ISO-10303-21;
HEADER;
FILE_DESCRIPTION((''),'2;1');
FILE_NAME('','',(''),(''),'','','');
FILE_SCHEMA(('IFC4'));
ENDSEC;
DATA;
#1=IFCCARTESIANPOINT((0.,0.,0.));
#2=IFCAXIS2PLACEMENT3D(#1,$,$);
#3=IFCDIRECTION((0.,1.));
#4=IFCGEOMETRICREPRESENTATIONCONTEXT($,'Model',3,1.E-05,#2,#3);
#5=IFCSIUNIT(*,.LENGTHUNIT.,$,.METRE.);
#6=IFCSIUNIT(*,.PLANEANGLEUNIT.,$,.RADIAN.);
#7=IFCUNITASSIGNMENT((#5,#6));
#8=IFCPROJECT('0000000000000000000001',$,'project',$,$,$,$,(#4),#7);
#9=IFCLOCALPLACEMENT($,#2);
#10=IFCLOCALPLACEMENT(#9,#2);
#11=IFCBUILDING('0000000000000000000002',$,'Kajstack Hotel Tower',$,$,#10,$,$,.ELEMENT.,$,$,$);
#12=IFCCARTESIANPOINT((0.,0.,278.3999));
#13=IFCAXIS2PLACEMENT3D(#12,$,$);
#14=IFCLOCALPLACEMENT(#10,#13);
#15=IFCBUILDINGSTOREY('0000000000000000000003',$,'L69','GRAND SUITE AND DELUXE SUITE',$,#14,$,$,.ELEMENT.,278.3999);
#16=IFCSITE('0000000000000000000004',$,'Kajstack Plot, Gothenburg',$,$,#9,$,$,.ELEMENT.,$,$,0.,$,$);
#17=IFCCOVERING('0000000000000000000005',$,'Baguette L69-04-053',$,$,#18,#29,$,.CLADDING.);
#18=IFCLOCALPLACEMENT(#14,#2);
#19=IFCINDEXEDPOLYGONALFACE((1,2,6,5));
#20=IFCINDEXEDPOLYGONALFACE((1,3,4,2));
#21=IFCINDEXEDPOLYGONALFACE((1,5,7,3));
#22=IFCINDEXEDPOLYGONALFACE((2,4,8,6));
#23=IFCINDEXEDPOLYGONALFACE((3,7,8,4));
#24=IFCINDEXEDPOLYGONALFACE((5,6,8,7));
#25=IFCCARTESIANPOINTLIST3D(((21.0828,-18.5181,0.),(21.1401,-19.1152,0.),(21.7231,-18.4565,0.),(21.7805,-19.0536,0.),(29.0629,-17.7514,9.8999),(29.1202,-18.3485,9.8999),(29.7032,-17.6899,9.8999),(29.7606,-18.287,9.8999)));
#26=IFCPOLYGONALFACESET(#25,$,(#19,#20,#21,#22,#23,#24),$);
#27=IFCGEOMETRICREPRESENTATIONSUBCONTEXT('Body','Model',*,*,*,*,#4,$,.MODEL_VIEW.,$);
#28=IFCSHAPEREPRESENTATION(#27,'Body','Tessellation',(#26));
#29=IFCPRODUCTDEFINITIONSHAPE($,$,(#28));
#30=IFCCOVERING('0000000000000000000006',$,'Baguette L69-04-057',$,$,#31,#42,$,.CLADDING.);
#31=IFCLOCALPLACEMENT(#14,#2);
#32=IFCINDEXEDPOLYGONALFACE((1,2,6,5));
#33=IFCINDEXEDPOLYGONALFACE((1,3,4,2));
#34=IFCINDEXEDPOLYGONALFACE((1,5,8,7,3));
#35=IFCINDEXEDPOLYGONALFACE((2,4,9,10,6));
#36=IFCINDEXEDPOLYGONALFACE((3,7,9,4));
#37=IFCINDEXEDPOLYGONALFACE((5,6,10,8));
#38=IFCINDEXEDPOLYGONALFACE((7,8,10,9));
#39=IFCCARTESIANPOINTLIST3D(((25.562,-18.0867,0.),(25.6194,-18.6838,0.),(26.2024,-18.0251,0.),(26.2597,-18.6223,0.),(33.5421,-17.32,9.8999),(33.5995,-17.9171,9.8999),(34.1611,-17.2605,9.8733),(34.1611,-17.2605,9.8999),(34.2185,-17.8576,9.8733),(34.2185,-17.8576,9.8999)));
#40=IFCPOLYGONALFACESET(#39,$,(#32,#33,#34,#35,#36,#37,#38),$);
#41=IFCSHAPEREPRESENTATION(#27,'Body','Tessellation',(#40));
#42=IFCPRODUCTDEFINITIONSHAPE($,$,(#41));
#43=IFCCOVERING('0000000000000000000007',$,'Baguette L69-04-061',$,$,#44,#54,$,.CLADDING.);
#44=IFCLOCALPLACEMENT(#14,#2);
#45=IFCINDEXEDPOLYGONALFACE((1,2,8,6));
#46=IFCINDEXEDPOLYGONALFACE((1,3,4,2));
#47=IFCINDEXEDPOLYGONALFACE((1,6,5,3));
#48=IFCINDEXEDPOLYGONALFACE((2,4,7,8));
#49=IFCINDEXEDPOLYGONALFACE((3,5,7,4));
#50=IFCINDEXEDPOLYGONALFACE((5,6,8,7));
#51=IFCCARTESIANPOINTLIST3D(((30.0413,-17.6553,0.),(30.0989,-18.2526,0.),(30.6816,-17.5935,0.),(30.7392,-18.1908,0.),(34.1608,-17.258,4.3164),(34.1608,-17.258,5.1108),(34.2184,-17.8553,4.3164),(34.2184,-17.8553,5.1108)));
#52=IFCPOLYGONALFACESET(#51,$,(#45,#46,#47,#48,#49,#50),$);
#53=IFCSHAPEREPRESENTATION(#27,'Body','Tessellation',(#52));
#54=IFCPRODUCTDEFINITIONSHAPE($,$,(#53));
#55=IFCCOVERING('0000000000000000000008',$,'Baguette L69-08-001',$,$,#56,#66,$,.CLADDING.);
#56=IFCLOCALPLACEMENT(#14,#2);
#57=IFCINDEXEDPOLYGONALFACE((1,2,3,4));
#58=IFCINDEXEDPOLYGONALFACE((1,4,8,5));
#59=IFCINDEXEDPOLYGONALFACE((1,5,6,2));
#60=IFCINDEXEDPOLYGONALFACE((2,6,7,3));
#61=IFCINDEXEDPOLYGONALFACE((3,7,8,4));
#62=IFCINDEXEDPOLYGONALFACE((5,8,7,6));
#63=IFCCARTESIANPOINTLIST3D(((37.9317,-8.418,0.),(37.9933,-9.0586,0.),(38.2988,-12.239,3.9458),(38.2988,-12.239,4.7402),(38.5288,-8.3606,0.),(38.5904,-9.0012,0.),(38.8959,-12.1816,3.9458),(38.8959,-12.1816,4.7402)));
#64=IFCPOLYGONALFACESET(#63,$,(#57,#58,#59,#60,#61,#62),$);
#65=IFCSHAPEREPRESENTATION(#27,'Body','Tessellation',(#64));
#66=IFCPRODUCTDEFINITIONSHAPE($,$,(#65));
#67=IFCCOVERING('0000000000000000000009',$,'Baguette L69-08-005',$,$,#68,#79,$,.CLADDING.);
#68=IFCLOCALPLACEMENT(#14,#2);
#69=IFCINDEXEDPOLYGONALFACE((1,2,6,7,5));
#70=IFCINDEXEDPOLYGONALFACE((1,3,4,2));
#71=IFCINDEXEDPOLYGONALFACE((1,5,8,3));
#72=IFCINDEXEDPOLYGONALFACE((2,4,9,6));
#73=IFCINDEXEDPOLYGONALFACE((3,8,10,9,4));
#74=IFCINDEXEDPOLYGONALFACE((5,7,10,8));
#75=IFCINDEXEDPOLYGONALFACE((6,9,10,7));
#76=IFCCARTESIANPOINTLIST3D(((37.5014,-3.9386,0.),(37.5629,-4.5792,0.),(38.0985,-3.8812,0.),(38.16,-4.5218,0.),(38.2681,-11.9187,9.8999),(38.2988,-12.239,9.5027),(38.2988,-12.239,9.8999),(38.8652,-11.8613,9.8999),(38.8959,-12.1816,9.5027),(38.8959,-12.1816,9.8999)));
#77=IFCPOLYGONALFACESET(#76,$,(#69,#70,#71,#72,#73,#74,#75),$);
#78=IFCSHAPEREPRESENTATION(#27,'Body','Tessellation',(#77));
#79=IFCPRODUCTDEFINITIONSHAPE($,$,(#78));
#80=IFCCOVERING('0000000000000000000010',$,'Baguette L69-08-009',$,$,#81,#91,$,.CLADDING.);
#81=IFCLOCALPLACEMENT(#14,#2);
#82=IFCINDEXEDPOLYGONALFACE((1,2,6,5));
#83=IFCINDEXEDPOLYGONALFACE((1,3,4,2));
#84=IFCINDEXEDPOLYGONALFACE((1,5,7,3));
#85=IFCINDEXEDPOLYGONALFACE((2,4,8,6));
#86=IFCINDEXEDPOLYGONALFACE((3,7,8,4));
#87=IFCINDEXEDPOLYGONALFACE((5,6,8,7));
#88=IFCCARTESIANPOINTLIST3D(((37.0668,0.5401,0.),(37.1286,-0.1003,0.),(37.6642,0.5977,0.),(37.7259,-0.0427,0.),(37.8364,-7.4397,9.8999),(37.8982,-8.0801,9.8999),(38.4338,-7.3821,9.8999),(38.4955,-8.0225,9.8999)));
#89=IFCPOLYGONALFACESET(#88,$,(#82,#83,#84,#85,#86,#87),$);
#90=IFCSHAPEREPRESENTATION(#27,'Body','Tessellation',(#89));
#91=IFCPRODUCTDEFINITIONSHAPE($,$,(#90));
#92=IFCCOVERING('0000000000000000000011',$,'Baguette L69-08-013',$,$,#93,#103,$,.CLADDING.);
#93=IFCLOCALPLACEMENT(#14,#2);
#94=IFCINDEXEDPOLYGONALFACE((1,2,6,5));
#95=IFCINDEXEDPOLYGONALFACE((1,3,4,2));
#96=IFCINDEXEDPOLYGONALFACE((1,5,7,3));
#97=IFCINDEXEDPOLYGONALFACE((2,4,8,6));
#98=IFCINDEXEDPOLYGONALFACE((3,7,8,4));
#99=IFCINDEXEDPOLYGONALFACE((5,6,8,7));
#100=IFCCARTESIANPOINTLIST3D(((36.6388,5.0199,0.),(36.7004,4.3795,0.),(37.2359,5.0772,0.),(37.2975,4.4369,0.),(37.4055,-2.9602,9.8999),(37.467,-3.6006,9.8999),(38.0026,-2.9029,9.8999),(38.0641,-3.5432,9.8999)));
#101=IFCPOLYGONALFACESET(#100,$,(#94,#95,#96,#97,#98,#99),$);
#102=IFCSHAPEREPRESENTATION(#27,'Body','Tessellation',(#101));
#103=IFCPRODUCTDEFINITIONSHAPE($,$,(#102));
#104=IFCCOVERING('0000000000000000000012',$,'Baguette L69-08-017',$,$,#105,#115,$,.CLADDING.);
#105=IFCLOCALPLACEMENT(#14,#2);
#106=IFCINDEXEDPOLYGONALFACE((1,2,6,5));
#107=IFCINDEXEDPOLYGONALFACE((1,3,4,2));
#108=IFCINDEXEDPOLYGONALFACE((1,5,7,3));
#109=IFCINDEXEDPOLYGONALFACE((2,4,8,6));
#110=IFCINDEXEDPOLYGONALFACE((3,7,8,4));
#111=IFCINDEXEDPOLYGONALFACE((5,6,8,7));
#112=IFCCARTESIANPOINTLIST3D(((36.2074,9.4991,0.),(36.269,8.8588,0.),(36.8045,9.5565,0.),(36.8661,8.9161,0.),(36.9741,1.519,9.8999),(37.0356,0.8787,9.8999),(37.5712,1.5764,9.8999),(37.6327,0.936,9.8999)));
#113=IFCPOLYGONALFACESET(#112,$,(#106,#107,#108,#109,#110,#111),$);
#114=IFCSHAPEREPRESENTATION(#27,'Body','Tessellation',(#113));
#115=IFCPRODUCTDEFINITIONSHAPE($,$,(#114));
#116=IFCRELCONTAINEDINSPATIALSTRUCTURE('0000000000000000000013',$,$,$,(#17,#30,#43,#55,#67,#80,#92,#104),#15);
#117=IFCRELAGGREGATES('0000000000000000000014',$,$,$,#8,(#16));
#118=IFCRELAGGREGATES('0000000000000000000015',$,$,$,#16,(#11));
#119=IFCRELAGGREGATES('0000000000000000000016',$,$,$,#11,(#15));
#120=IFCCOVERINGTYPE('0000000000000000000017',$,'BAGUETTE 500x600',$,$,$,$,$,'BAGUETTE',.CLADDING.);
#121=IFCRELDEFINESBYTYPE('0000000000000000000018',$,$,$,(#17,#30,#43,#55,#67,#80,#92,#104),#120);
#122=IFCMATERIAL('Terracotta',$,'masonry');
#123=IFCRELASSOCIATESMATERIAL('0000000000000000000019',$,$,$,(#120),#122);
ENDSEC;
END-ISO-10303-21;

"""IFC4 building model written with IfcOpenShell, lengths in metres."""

from ifc_helpers import new_model, si_unit, direction, frame, origin, origin_2d, place, context, subcontext, project, spatial, polyline, rectangle, outline, extrude, material, material_profile, profile_set, type_object, element, save


model = new_model("IFC4")

# Units and contexts
model_context = context("Model", 3, precision=1e-05, world=origin(), true_north=direction((0.0, 1.0)))
body_context = subcontext(model_context, "Body", "Model", "MODEL_VIEW")
ifc_project = project(units=[si_unit("LENGTHUNIT", "METRE"), si_unit("PLANEANGLEUNIT", "RADIAN")], contexts=[model_context])

# Site, building, storey
site_placement = place(None, origin())
site = spatial("IfcSite", under=ifc_project, at=site_placement, Name="Kajstack Plot, Gothenburg", CompositionType="ELEMENT", RefElevation=0.0)
building_placement = place(site_placement, origin())
building = spatial("IfcBuilding", under=site, at=building_placement, Name="Kajstack Hotel Tower", CompositionType="ELEMENT")
storey_placement = place(building_placement, frame((0.0, 0.0, 278.3999)))
storey = spatial("IfcBuildingStorey", under=building, at=storey_placement, Name="L69", Description="GRAND SUITE AND DELUXE SUITE", CompositionType="ELEMENT", Elevation=278.3999)

# Coverings
ifc_material_1 = material(Name="Terracotta", Category="masonry")
ifc_material_profile = material_profile(ifc_material_1, rectangle(XDim=0.6001, YDim=0.5, at=origin_2d()), Name="Terracotta-clad concrete baguette 500 x 600")
ifc_profile_set = profile_set([ifc_material_profile], Name="Terracotta")
covering_type = type_object("IfcCoveringType", Name="BAGUETTE 500x600", ElementType="BAGUETTE", PredefinedType="CLADDING", material=ifc_profile_set)
covering_1_placement = place(storey_placement, frame((21.0828, -18.5181, 0.0), z_axis=(0.095635, -0.995416, 0.0), x_axis=(0.995416, 0.095635, 0.0)))
element("IfcCovering", 1, at=covering_1_placement, inside=storey, type_object=covering_type, Name="Baguette L69-04-053", PredefinedType="CLADDING", context=body_context, shape_type="SweptSolid", body=[
    extrude(outline(polyline([(8.0168, 9.8999), (0.0, 0.0), (0.6433, 0.0), (8.6602, 9.8999), (8.0168, 9.8999)])), origin(), (0.0, 0.0, 1.0), 0.5999),
])
covering_2_placement = place(storey_placement, frame((25.562, -18.0867, 0.0), z_axis=(0.095635, -0.995416, 0.0), x_axis=(0.995416, 0.095635, 0.0)))
element("IfcCovering", 2, at=covering_2_placement, inside=storey, type_object=covering_type, Name="Baguette L69-04-057", PredefinedType="CLADDING", context=body_context, shape_type="SweptSolid", body=[
    extrude(outline(polyline([(0.6433, 0.0), (8.6387, 9.8733), (8.6387, 9.8999), (8.0168, 9.8999), (0.0, 0.0), (0.6433, 0.0)])), origin(), (0.0, 0.0, 1.0), 0.5999),
])
covering_3_placement = place(storey_placement, frame((30.0413, -17.6553, 0.0), z_axis=(0.095999, -0.995381, 0.0), x_axis=(0.995381, 0.095999, 0.0)))
element("IfcCovering", 3, at=covering_3_placement, inside=storey, type_object=covering_type, Name="Baguette L69-04-061", PredefinedType="CLADDING", context=body_context, shape_type="SweptSolid", body=[
    extrude(outline(polyline([(0.6433, 0.0), (4.1387, 4.3164), (4.1387, 5.1108), (0.0, 0.0), (0.6433, 0.0)])), origin(), (0.0, 0.0, 1.0), 0.6001),
])
covering_4_placement = place(storey_placement, frame((38.2988, -12.239, 0.0), z_axis=(0.995416, 0.095635, 0.0), x_axis=(-0.095635, 0.995416, 0.0)))
element("IfcCovering", 4, at=covering_4_placement, inside=storey, type_object=covering_type, Name="Baguette L69-08-001", PredefinedType="CLADDING", context=body_context, shape_type="SweptSolid", body=[
    extrude(outline(polyline([(3.8386, 0.0), (0.0, 4.7402), (0.0, 3.9458), (3.1951, 0.0), (3.8386, 0.0)])), origin(), (0.0, 0.0, 1.0), 0.5999),
])
covering_5_placement = place(storey_placement, frame((38.2988, -12.239, 0.0), z_axis=(0.995416, 0.095635, 0.0), x_axis=(-0.095635, 0.995416, 0.0)))
element("IfcCovering", 5, at=covering_5_placement, inside=storey, type_object=covering_type, Name="Baguette L69-08-005", PredefinedType="CLADDING", context=body_context, shape_type="SweptSolid", body=[
    extrude(outline(polyline([(0.3218, 9.8999), (0.0, 9.8999), (0.0, 9.5027), (7.6951, 0.0), (8.3386, 0.0), (0.3218, 9.8999)])), origin(), (0.0, 0.0, 1.0), 0.5999),
])
covering_6_placement = place(storey_placement, frame((37.8982, -8.0801, 0.0), z_axis=(0.995381, 0.095999, 0.0), x_axis=(-0.095999, 0.995381, 0.0)))
element("IfcCovering", 6, at=covering_6_placement, inside=storey, type_object=covering_type, Name="Baguette L69-08-009", PredefinedType="CLADDING", context=body_context, shape_type="SweptSolid", body=[
    extrude(outline(polyline([(0.0, 9.8999), (8.0168, 0.0), (8.6602, 0.0), (0.6433, 9.8999), (0.0, 9.8999)])), origin(), (0.0, 0.0, 1.0), 0.6001),
])
for number, where, z_axis, x_axis, name in (
    (7, (37.467, -3.6006, 0.0), (0.995416, 0.095635, 0.0), (-0.095635, 0.995416, 0.0), "Baguette L69-08-013"),
    (8, (37.0356, 0.8787, 0.0), (0.995416, 0.095635, 0.0), (-0.095635, 0.995416, 0.0), "Baguette L69-08-017"),
):
    element("IfcCovering", number, at=place(storey_placement, frame(where, z_axis=z_axis, x_axis=x_axis)), inside=storey, type_object=covering_type, Name=name, PredefinedType="CLADDING", context=body_context, shape_type="SweptSolid", body=[
        extrude(outline(polyline([(0.0, 9.8999), (8.0168, 0.0), (8.6602, 0.0), (0.6433, 9.8999), (0.0, 9.8999)])), origin(), (0.0, 0.0, 1.0), 0.5999),
    ])

save(model, "model.ifc")
